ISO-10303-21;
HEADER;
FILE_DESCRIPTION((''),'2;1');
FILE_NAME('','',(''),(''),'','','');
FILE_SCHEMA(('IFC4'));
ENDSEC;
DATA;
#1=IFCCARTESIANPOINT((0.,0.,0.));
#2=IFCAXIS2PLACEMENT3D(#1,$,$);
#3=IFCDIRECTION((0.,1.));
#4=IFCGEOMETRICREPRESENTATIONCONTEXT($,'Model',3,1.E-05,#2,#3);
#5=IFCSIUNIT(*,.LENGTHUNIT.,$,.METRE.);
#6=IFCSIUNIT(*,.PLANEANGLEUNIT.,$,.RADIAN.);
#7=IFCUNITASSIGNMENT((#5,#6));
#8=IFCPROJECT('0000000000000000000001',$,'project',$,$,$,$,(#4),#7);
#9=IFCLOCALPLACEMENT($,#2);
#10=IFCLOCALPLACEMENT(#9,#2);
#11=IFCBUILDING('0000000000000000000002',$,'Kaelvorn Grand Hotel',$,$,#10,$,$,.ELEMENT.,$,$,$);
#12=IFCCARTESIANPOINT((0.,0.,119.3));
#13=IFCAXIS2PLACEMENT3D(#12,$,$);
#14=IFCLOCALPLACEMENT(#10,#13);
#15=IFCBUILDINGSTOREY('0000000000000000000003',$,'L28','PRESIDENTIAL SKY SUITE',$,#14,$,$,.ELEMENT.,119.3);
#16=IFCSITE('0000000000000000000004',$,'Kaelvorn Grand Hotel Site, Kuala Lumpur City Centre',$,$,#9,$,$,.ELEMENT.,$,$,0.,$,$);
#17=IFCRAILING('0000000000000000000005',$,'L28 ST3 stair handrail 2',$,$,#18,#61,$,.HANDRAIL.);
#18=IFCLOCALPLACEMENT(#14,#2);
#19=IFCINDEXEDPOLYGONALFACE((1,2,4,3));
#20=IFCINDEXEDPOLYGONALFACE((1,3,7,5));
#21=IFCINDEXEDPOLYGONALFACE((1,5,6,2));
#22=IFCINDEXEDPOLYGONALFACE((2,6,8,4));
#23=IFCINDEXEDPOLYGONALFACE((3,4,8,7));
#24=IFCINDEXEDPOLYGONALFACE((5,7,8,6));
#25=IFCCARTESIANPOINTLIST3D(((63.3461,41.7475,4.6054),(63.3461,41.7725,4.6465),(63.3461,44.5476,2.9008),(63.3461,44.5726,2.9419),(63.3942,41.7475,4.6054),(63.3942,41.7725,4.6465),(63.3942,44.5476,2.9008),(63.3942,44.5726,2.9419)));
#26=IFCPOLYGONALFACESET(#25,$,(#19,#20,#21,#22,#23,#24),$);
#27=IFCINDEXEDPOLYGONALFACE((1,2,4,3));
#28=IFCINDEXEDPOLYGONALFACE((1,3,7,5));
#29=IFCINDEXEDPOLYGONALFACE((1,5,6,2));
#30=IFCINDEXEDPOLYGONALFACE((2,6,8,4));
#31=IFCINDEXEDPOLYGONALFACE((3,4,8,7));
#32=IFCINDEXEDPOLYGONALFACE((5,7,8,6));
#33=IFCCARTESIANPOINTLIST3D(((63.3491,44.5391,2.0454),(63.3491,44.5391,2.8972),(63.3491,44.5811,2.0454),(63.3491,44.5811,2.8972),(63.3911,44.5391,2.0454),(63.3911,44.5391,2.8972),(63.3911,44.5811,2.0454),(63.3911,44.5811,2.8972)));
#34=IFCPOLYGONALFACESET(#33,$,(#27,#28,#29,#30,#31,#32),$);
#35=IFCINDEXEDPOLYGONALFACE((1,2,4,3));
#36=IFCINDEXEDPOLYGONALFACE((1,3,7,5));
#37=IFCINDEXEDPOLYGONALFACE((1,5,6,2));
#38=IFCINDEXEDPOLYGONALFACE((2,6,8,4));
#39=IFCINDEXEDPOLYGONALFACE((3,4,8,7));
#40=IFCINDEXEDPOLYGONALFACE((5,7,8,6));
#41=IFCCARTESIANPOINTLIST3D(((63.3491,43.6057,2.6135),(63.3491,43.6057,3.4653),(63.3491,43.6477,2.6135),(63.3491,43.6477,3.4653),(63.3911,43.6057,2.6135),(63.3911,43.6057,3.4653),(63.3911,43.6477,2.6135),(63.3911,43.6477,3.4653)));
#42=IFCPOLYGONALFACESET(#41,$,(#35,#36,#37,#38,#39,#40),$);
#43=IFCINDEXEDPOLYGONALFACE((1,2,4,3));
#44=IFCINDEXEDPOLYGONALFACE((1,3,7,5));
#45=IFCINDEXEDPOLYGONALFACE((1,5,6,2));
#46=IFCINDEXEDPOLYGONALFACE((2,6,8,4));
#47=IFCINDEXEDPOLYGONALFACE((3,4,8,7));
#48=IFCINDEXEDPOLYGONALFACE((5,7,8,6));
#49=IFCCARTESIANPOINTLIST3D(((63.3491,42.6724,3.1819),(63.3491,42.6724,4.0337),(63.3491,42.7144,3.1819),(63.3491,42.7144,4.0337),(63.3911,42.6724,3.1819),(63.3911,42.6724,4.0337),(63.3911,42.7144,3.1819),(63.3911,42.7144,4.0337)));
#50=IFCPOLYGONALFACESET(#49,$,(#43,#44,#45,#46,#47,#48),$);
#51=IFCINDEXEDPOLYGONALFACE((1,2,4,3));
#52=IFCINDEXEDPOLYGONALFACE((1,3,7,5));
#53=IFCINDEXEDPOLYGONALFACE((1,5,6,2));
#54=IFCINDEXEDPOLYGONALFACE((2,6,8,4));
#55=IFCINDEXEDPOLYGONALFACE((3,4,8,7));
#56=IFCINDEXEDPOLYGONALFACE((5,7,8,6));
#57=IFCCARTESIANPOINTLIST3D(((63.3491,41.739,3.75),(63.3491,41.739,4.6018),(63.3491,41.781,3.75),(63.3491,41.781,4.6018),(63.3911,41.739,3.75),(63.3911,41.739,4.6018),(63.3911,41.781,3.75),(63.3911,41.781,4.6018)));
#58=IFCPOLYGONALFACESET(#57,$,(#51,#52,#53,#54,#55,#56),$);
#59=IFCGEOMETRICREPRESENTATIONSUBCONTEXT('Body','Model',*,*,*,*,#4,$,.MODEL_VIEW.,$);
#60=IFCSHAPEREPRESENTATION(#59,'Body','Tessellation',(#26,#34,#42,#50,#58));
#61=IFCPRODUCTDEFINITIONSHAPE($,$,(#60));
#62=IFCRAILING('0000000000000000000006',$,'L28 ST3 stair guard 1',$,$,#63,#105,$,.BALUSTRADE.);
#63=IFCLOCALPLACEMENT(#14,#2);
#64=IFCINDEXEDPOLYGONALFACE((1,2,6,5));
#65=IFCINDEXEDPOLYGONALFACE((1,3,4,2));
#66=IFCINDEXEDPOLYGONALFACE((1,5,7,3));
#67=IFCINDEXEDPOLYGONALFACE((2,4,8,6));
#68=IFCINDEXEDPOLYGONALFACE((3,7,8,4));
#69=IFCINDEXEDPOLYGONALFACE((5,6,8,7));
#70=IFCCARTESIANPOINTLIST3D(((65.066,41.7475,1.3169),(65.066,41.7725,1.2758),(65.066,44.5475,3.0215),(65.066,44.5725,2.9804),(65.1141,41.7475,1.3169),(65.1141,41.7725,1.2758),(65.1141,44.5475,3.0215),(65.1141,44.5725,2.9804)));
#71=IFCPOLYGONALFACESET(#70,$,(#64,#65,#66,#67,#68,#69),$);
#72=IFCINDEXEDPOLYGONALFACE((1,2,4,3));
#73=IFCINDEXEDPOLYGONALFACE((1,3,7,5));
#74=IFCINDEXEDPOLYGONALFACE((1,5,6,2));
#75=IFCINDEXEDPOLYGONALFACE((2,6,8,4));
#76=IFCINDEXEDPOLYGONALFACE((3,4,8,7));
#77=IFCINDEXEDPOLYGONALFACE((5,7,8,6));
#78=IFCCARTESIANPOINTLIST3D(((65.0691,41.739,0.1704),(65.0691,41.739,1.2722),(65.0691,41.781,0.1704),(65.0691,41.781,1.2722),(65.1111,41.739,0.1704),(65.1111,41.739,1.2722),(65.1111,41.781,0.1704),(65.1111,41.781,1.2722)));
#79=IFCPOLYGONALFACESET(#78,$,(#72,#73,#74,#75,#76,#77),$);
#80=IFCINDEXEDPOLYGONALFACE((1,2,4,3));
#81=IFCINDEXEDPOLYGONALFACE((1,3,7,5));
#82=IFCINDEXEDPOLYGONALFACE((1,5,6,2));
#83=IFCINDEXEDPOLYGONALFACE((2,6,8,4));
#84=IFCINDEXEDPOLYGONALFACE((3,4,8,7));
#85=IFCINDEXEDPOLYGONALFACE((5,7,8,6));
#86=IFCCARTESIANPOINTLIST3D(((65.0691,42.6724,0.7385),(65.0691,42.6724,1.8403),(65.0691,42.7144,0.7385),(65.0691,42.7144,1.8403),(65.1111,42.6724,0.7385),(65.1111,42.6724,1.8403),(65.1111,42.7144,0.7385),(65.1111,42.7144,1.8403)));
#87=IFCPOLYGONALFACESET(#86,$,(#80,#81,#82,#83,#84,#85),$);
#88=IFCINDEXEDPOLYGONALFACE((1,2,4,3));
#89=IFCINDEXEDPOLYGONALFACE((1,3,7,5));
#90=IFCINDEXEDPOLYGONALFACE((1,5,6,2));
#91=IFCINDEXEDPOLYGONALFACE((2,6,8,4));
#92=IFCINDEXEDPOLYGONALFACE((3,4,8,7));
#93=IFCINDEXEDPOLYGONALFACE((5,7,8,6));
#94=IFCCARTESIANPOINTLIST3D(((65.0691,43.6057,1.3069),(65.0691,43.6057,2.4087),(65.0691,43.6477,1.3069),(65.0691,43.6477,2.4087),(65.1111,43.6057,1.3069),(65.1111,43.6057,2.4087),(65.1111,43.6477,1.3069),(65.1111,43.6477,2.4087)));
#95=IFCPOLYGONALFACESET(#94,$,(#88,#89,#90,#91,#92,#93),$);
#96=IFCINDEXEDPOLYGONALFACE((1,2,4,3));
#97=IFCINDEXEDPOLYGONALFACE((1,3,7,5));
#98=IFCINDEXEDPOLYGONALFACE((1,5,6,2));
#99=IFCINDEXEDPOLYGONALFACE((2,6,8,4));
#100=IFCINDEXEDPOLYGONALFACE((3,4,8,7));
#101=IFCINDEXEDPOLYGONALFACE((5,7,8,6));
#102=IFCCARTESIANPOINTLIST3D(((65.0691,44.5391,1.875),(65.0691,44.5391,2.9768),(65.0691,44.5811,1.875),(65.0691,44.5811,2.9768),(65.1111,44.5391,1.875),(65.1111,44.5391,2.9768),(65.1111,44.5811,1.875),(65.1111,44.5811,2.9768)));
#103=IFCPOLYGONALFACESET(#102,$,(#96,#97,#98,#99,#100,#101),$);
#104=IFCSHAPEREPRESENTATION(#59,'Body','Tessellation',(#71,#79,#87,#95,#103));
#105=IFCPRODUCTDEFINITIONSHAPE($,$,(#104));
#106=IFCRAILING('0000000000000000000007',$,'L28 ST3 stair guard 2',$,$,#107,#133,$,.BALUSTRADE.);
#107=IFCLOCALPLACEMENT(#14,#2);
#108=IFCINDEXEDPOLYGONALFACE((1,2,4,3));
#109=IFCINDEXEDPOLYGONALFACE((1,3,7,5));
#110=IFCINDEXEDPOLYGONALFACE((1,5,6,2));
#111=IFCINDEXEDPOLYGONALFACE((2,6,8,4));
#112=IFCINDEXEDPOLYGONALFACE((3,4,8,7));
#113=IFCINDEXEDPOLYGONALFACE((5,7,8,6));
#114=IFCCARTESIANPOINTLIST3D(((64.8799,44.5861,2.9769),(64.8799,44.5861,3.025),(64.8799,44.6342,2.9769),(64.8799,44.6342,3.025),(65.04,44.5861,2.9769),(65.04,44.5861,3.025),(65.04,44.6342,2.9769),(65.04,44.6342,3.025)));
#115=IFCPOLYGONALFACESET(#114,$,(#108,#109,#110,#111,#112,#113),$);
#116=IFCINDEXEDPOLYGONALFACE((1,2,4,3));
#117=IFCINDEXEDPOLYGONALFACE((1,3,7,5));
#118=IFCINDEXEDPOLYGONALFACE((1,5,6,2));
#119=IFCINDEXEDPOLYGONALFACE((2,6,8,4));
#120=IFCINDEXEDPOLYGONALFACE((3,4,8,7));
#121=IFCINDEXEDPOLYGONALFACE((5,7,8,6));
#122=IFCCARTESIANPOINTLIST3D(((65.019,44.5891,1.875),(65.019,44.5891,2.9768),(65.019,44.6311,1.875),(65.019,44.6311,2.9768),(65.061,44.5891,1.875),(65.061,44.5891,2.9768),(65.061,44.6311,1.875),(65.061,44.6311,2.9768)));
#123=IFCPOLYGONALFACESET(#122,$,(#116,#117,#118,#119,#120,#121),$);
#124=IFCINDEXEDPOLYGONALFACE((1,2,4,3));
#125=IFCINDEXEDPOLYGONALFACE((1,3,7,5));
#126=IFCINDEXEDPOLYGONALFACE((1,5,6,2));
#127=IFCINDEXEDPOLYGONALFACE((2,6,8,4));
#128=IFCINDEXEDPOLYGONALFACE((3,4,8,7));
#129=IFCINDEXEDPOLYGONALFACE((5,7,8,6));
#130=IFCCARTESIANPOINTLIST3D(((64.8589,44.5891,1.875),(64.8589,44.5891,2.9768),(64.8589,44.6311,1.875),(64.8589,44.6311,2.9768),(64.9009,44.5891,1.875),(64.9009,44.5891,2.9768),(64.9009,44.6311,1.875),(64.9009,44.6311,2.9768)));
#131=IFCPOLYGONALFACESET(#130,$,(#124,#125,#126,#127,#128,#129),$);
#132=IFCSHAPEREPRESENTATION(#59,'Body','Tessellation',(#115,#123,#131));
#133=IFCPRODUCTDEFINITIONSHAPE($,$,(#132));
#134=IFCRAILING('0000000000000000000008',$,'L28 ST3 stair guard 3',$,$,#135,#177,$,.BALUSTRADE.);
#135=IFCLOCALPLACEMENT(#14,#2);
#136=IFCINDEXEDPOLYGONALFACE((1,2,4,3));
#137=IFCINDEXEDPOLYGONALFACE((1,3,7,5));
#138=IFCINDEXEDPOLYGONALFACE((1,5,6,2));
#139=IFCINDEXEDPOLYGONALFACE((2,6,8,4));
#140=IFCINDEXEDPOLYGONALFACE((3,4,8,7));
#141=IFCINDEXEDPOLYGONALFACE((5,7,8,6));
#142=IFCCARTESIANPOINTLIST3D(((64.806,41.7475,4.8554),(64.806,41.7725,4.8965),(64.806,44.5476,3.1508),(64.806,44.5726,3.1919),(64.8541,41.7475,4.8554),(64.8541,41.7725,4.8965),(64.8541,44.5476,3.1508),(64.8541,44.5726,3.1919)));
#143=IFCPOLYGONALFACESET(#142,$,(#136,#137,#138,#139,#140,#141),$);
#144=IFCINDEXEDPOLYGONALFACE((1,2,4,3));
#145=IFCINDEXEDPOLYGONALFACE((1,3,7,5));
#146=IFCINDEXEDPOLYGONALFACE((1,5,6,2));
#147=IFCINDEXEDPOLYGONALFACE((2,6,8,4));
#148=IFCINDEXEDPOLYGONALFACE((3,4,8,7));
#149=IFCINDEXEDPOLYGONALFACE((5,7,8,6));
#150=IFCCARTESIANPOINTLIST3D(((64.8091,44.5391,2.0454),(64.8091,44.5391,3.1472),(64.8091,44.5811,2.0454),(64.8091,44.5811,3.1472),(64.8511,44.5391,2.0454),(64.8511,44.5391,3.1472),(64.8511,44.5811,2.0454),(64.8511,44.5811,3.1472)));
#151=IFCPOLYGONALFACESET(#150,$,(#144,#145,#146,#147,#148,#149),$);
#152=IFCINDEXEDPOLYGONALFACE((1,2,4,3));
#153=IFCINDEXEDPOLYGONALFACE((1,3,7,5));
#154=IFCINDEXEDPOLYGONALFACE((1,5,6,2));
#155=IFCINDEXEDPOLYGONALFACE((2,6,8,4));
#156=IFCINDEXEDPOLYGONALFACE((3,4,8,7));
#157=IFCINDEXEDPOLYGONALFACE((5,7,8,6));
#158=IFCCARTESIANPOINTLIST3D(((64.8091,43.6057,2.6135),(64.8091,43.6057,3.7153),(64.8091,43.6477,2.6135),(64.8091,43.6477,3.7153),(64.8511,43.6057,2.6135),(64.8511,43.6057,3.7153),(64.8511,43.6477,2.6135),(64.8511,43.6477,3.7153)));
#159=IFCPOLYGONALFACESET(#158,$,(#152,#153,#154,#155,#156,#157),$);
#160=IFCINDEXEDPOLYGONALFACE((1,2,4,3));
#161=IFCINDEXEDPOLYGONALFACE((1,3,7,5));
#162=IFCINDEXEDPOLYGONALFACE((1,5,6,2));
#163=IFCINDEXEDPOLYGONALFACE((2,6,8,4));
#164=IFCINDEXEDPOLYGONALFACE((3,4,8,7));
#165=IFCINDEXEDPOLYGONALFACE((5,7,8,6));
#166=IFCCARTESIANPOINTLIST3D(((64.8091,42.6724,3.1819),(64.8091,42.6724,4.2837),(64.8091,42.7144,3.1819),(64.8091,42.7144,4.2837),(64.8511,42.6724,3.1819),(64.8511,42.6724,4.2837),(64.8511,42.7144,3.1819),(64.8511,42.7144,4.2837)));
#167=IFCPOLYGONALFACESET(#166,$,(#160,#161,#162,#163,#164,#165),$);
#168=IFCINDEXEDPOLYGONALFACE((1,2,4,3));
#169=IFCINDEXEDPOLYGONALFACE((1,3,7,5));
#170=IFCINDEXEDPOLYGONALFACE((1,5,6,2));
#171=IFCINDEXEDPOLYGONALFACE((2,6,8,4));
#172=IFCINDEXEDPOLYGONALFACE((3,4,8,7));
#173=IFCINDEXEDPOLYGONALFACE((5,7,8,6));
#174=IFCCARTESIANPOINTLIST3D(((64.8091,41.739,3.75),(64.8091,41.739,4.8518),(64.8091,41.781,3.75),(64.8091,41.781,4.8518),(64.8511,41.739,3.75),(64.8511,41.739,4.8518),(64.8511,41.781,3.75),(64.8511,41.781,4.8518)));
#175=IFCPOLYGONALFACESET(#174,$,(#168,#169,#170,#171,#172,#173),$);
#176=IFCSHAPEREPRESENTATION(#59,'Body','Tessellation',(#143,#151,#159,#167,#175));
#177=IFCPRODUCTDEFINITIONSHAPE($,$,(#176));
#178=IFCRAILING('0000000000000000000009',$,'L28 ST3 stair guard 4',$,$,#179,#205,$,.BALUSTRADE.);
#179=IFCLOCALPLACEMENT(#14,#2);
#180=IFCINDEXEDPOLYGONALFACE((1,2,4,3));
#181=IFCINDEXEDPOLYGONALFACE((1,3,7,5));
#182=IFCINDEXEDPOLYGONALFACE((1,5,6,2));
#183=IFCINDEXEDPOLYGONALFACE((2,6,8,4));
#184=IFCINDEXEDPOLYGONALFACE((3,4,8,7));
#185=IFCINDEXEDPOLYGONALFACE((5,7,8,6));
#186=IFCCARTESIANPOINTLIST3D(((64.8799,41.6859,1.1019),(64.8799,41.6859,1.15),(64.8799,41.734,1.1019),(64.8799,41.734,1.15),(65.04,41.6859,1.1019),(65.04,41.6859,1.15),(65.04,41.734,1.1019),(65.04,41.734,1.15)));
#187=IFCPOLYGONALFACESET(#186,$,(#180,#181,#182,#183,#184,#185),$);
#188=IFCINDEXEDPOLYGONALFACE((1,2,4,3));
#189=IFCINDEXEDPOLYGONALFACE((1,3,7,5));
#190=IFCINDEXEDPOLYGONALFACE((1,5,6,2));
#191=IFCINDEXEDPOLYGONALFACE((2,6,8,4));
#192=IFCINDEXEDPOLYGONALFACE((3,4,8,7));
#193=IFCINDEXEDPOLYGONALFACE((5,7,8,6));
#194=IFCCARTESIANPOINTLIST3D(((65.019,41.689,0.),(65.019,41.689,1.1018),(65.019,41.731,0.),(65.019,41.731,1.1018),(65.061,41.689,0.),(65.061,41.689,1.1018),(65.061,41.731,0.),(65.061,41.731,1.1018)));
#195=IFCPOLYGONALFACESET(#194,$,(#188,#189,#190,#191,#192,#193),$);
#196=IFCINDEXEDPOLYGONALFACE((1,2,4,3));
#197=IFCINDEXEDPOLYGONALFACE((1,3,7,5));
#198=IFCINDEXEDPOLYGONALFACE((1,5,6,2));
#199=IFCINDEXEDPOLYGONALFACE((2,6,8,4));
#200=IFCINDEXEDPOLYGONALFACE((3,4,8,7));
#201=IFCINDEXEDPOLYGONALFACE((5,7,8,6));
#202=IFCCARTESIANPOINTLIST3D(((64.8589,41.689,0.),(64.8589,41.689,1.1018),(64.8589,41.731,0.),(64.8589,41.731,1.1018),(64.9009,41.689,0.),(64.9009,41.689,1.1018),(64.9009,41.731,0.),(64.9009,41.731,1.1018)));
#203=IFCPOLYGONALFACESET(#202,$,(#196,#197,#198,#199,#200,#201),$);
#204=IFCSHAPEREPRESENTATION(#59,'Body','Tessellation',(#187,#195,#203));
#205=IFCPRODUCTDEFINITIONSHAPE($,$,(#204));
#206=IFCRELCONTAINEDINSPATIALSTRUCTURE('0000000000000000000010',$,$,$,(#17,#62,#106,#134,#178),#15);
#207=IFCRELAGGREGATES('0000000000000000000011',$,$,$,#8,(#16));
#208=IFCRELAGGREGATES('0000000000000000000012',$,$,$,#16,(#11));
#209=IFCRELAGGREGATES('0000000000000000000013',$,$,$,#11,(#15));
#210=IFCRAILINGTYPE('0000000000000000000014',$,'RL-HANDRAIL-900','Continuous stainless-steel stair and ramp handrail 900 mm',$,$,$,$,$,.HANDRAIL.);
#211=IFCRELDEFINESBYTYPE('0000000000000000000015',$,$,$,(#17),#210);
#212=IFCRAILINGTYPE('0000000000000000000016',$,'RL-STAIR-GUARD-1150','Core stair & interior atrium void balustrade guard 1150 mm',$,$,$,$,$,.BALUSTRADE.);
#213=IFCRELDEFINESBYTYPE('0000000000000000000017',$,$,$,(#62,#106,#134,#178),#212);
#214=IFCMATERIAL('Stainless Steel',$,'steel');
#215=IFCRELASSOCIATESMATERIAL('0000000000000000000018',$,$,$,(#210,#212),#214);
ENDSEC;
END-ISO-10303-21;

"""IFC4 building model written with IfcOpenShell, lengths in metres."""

from ifc_helpers import new_model, si_unit, direction, frame, origin, origin_2d, place, context, subcontext, project, spatial, rectangle, extrude, material, type_object, element, save


model = new_model("IFC4")

# Units and contexts
model_context = context("Model", 3, precision=1e-05, world=origin(), true_north=direction((0.0, 1.0)))
body_context = subcontext(model_context, "Body", "Model", "MODEL_VIEW")
ifc_project = project(units=[si_unit("LENGTHUNIT", "METRE"), si_unit("PLANEANGLEUNIT", "RADIAN")], contexts=[model_context])

# Site, building, storey
site_placement = place(None, origin())
site = spatial("IfcSite", under=ifc_project, at=site_placement, Name="Kaelvorn Grand Hotel Site, Kuala Lumpur City Centre", CompositionType="ELEMENT", RefElevation=0.0)
building_placement = place(site_placement, origin())
building = spatial("IfcBuilding", under=site, at=building_placement, Name="Kaelvorn Grand Hotel", CompositionType="ELEMENT")
storey_placement = place(building_placement, frame((0.0, 0.0, 119.3)))
storey = spatial("IfcBuildingStorey", under=building, at=storey_placement, Name="L28", Description="PRESIDENTIAL SKY SUITE", CompositionType="ELEMENT", Elevation=119.3)

# Railings
ifc_material_1 = material(Name="Stainless Steel", Category="steel")
railing_type_1 = type_object("IfcRailingType", Name="RL-HANDRAIL-900", Description="Continuous stainless-steel stair and ramp handrail 900 mm", PredefinedType="HANDRAIL", material=ifc_material_1)
railing_1_placement = place(storey_placement, frame((63.3701, 44.5601, 2.0454)))
element("IfcRailing", 1, at=railing_1_placement, inside=storey, type_object=railing_type_1, Name="L28 ST3 stair handrail 2", PredefinedType="HANDRAIL", context=body_context, shape_type="SweptSolid", body=[
    extrude(rectangle(XDim=0.0481, YDim=0.0481, at=origin_2d()), frame((0.0, 0.0, 0.876), z_axis=(0.0, -0.85417, 0.519994), x_axis=(1.0, 0.0, 0.0)), (0.0, 0.0, 1.0), 3.2781),
    extrude(rectangle(XDim=0.042, YDim=0.042, at=origin_2d()), origin(), (0.0, 0.0, 1.0), 0.8518),
    extrude(rectangle(XDim=0.042, YDim=0.042, at=origin_2d()), frame((0.0, -0.9333, 0.5681)), (0.0, 0.0, 1.0), 0.8518),
    extrude(rectangle(XDim=0.042, YDim=0.042, at=origin_2d()), frame((0.0, -1.8667, 1.1365)), (0.0, 0.0, 1.0), 0.8518),
    extrude(rectangle(XDim=0.042, YDim=0.042, at=origin_2d()), frame((0.0, -2.8, 1.7046)), (0.0, 0.0, 1.0), 0.8518),
])
railing_type_2 = type_object("IfcRailingType", Name="RL-STAIR-GUARD-1150", Description="Core stair & interior atrium void balustrade guard 1150 mm", PredefinedType="BALUSTRADE", material=ifc_material_1)
railing_2_placement = place(storey_placement, frame((65.0901, 41.76, 0.1704)))
element("IfcRailing", 2, at=railing_2_placement, inside=storey, type_object=railing_type_2, Name="L28 ST3 stair guard 1", PredefinedType="BALUSTRADE", context=body_context, shape_type="SweptSolid", body=[
    extrude(rectangle(XDim=0.0481, YDim=0.0481, at=origin_2d()), frame((0.0, 0.0, 1.126), z_axis=(0.0, 0.85417, 0.519994), x_axis=(-1.0, 0.0, 0.0)), (0.0, 0.0, 1.0), 3.2781),
    extrude(rectangle(XDim=0.042, YDim=0.042, at=origin_2d()), origin(), (0.0, 0.0, 1.0), 1.1018),
    extrude(rectangle(XDim=0.042, YDim=0.042, at=origin_2d()), frame((0.0, 0.9333, 0.5681)), (0.0, 0.0, 1.0), 1.1018),
    extrude(rectangle(XDim=0.042, YDim=0.042, at=origin_2d()), frame((0.0, 1.8667, 1.1365)), (0.0, 0.0, 1.0), 1.1018),
    extrude(rectangle(XDim=0.042, YDim=0.042, at=origin_2d()), frame((0.0, 2.8, 1.7046)), (0.0, 0.0, 1.0), 1.1018),
])
railing_3_placement = place(storey_placement, frame((65.04, 44.6101, 1.875)))
element("IfcRailing", 3, at=railing_3_placement, inside=storey, type_object=railing_type_2, Name="L28 ST3 stair guard 2", PredefinedType="BALUSTRADE", context=body_context, shape_type="SweptSolid", body=[
    extrude(rectangle(XDim=0.0481, YDim=0.0481, at=origin_2d()), frame((0.0, 0.0, 1.126), z_axis=(-1.0, 0.0, 0.0), x_axis=(0.0, -1.0, 0.0)), (0.0, 0.0, 1.0), 0.1602),
    extrude(rectangle(XDim=0.042, YDim=0.042, at=origin_2d()), origin(), (0.0, 0.0, 1.0), 1.1018),
    extrude(rectangle(XDim=0.042, YDim=0.042, at=origin_2d()), frame((-0.1602, 0.0, 0.0)), (0.0, 0.0, 1.0), 1.1018),
])
railing_4_placement = place(storey_placement, frame((64.8301, 44.5601, 2.0454)))
element("IfcRailing", 4, at=railing_4_placement, inside=storey, type_object=railing_type_2, Name="L28 ST3 stair guard 3", PredefinedType="BALUSTRADE", context=body_context, shape_type="SweptSolid", body=[
    extrude(rectangle(XDim=0.0481, YDim=0.0481, at=origin_2d()), frame((0.0, 0.0, 1.126), z_axis=(0.0, -0.85417, 0.519994), x_axis=(1.0, 0.0, 0.0)), (0.0, 0.0, 1.0), 3.2781),
    extrude(rectangle(XDim=0.042, YDim=0.042, at=origin_2d()), origin(), (0.0, 0.0, 1.0), 1.1018),
    extrude(rectangle(XDim=0.042, YDim=0.042, at=origin_2d()), frame((0.0, -0.9333, 0.5681)), (0.0, 0.0, 1.0), 1.1018),
    extrude(rectangle(XDim=0.042, YDim=0.042, at=origin_2d()), frame((0.0, -1.8667, 1.1365)), (0.0, 0.0, 1.0), 1.1018),
    extrude(rectangle(XDim=0.042, YDim=0.042, at=origin_2d()), frame((0.0, -2.8, 1.7046)), (0.0, 0.0, 1.0), 1.1018),
])
railing_5_placement = place(storey_placement, frame((65.04, 41.71, 0.0)))
element("IfcRailing", 5, at=railing_5_placement, inside=storey, type_object=railing_type_2, Name="L28 ST3 stair guard 4", PredefinedType="BALUSTRADE", context=body_context, shape_type="SweptSolid", body=[
    extrude(rectangle(XDim=0.0481, YDim=0.0481, at=origin_2d()), frame((0.0, 0.0, 1.126), z_axis=(-1.0, 0.0, 0.0), x_axis=(0.0, -1.0, 0.0)), (0.0, 0.0, 1.0), 0.1602),
    extrude(rectangle(XDim=0.042, YDim=0.042, at=origin_2d()), origin(), (0.0, 0.0, 1.0), 1.1018),
    extrude(rectangle(XDim=0.042, YDim=0.042, at=origin_2d()), frame((-0.1602, 0.0, 0.0)), (0.0, 0.0, 1.0), 1.1018),
])

save(model, "model.ifc")
